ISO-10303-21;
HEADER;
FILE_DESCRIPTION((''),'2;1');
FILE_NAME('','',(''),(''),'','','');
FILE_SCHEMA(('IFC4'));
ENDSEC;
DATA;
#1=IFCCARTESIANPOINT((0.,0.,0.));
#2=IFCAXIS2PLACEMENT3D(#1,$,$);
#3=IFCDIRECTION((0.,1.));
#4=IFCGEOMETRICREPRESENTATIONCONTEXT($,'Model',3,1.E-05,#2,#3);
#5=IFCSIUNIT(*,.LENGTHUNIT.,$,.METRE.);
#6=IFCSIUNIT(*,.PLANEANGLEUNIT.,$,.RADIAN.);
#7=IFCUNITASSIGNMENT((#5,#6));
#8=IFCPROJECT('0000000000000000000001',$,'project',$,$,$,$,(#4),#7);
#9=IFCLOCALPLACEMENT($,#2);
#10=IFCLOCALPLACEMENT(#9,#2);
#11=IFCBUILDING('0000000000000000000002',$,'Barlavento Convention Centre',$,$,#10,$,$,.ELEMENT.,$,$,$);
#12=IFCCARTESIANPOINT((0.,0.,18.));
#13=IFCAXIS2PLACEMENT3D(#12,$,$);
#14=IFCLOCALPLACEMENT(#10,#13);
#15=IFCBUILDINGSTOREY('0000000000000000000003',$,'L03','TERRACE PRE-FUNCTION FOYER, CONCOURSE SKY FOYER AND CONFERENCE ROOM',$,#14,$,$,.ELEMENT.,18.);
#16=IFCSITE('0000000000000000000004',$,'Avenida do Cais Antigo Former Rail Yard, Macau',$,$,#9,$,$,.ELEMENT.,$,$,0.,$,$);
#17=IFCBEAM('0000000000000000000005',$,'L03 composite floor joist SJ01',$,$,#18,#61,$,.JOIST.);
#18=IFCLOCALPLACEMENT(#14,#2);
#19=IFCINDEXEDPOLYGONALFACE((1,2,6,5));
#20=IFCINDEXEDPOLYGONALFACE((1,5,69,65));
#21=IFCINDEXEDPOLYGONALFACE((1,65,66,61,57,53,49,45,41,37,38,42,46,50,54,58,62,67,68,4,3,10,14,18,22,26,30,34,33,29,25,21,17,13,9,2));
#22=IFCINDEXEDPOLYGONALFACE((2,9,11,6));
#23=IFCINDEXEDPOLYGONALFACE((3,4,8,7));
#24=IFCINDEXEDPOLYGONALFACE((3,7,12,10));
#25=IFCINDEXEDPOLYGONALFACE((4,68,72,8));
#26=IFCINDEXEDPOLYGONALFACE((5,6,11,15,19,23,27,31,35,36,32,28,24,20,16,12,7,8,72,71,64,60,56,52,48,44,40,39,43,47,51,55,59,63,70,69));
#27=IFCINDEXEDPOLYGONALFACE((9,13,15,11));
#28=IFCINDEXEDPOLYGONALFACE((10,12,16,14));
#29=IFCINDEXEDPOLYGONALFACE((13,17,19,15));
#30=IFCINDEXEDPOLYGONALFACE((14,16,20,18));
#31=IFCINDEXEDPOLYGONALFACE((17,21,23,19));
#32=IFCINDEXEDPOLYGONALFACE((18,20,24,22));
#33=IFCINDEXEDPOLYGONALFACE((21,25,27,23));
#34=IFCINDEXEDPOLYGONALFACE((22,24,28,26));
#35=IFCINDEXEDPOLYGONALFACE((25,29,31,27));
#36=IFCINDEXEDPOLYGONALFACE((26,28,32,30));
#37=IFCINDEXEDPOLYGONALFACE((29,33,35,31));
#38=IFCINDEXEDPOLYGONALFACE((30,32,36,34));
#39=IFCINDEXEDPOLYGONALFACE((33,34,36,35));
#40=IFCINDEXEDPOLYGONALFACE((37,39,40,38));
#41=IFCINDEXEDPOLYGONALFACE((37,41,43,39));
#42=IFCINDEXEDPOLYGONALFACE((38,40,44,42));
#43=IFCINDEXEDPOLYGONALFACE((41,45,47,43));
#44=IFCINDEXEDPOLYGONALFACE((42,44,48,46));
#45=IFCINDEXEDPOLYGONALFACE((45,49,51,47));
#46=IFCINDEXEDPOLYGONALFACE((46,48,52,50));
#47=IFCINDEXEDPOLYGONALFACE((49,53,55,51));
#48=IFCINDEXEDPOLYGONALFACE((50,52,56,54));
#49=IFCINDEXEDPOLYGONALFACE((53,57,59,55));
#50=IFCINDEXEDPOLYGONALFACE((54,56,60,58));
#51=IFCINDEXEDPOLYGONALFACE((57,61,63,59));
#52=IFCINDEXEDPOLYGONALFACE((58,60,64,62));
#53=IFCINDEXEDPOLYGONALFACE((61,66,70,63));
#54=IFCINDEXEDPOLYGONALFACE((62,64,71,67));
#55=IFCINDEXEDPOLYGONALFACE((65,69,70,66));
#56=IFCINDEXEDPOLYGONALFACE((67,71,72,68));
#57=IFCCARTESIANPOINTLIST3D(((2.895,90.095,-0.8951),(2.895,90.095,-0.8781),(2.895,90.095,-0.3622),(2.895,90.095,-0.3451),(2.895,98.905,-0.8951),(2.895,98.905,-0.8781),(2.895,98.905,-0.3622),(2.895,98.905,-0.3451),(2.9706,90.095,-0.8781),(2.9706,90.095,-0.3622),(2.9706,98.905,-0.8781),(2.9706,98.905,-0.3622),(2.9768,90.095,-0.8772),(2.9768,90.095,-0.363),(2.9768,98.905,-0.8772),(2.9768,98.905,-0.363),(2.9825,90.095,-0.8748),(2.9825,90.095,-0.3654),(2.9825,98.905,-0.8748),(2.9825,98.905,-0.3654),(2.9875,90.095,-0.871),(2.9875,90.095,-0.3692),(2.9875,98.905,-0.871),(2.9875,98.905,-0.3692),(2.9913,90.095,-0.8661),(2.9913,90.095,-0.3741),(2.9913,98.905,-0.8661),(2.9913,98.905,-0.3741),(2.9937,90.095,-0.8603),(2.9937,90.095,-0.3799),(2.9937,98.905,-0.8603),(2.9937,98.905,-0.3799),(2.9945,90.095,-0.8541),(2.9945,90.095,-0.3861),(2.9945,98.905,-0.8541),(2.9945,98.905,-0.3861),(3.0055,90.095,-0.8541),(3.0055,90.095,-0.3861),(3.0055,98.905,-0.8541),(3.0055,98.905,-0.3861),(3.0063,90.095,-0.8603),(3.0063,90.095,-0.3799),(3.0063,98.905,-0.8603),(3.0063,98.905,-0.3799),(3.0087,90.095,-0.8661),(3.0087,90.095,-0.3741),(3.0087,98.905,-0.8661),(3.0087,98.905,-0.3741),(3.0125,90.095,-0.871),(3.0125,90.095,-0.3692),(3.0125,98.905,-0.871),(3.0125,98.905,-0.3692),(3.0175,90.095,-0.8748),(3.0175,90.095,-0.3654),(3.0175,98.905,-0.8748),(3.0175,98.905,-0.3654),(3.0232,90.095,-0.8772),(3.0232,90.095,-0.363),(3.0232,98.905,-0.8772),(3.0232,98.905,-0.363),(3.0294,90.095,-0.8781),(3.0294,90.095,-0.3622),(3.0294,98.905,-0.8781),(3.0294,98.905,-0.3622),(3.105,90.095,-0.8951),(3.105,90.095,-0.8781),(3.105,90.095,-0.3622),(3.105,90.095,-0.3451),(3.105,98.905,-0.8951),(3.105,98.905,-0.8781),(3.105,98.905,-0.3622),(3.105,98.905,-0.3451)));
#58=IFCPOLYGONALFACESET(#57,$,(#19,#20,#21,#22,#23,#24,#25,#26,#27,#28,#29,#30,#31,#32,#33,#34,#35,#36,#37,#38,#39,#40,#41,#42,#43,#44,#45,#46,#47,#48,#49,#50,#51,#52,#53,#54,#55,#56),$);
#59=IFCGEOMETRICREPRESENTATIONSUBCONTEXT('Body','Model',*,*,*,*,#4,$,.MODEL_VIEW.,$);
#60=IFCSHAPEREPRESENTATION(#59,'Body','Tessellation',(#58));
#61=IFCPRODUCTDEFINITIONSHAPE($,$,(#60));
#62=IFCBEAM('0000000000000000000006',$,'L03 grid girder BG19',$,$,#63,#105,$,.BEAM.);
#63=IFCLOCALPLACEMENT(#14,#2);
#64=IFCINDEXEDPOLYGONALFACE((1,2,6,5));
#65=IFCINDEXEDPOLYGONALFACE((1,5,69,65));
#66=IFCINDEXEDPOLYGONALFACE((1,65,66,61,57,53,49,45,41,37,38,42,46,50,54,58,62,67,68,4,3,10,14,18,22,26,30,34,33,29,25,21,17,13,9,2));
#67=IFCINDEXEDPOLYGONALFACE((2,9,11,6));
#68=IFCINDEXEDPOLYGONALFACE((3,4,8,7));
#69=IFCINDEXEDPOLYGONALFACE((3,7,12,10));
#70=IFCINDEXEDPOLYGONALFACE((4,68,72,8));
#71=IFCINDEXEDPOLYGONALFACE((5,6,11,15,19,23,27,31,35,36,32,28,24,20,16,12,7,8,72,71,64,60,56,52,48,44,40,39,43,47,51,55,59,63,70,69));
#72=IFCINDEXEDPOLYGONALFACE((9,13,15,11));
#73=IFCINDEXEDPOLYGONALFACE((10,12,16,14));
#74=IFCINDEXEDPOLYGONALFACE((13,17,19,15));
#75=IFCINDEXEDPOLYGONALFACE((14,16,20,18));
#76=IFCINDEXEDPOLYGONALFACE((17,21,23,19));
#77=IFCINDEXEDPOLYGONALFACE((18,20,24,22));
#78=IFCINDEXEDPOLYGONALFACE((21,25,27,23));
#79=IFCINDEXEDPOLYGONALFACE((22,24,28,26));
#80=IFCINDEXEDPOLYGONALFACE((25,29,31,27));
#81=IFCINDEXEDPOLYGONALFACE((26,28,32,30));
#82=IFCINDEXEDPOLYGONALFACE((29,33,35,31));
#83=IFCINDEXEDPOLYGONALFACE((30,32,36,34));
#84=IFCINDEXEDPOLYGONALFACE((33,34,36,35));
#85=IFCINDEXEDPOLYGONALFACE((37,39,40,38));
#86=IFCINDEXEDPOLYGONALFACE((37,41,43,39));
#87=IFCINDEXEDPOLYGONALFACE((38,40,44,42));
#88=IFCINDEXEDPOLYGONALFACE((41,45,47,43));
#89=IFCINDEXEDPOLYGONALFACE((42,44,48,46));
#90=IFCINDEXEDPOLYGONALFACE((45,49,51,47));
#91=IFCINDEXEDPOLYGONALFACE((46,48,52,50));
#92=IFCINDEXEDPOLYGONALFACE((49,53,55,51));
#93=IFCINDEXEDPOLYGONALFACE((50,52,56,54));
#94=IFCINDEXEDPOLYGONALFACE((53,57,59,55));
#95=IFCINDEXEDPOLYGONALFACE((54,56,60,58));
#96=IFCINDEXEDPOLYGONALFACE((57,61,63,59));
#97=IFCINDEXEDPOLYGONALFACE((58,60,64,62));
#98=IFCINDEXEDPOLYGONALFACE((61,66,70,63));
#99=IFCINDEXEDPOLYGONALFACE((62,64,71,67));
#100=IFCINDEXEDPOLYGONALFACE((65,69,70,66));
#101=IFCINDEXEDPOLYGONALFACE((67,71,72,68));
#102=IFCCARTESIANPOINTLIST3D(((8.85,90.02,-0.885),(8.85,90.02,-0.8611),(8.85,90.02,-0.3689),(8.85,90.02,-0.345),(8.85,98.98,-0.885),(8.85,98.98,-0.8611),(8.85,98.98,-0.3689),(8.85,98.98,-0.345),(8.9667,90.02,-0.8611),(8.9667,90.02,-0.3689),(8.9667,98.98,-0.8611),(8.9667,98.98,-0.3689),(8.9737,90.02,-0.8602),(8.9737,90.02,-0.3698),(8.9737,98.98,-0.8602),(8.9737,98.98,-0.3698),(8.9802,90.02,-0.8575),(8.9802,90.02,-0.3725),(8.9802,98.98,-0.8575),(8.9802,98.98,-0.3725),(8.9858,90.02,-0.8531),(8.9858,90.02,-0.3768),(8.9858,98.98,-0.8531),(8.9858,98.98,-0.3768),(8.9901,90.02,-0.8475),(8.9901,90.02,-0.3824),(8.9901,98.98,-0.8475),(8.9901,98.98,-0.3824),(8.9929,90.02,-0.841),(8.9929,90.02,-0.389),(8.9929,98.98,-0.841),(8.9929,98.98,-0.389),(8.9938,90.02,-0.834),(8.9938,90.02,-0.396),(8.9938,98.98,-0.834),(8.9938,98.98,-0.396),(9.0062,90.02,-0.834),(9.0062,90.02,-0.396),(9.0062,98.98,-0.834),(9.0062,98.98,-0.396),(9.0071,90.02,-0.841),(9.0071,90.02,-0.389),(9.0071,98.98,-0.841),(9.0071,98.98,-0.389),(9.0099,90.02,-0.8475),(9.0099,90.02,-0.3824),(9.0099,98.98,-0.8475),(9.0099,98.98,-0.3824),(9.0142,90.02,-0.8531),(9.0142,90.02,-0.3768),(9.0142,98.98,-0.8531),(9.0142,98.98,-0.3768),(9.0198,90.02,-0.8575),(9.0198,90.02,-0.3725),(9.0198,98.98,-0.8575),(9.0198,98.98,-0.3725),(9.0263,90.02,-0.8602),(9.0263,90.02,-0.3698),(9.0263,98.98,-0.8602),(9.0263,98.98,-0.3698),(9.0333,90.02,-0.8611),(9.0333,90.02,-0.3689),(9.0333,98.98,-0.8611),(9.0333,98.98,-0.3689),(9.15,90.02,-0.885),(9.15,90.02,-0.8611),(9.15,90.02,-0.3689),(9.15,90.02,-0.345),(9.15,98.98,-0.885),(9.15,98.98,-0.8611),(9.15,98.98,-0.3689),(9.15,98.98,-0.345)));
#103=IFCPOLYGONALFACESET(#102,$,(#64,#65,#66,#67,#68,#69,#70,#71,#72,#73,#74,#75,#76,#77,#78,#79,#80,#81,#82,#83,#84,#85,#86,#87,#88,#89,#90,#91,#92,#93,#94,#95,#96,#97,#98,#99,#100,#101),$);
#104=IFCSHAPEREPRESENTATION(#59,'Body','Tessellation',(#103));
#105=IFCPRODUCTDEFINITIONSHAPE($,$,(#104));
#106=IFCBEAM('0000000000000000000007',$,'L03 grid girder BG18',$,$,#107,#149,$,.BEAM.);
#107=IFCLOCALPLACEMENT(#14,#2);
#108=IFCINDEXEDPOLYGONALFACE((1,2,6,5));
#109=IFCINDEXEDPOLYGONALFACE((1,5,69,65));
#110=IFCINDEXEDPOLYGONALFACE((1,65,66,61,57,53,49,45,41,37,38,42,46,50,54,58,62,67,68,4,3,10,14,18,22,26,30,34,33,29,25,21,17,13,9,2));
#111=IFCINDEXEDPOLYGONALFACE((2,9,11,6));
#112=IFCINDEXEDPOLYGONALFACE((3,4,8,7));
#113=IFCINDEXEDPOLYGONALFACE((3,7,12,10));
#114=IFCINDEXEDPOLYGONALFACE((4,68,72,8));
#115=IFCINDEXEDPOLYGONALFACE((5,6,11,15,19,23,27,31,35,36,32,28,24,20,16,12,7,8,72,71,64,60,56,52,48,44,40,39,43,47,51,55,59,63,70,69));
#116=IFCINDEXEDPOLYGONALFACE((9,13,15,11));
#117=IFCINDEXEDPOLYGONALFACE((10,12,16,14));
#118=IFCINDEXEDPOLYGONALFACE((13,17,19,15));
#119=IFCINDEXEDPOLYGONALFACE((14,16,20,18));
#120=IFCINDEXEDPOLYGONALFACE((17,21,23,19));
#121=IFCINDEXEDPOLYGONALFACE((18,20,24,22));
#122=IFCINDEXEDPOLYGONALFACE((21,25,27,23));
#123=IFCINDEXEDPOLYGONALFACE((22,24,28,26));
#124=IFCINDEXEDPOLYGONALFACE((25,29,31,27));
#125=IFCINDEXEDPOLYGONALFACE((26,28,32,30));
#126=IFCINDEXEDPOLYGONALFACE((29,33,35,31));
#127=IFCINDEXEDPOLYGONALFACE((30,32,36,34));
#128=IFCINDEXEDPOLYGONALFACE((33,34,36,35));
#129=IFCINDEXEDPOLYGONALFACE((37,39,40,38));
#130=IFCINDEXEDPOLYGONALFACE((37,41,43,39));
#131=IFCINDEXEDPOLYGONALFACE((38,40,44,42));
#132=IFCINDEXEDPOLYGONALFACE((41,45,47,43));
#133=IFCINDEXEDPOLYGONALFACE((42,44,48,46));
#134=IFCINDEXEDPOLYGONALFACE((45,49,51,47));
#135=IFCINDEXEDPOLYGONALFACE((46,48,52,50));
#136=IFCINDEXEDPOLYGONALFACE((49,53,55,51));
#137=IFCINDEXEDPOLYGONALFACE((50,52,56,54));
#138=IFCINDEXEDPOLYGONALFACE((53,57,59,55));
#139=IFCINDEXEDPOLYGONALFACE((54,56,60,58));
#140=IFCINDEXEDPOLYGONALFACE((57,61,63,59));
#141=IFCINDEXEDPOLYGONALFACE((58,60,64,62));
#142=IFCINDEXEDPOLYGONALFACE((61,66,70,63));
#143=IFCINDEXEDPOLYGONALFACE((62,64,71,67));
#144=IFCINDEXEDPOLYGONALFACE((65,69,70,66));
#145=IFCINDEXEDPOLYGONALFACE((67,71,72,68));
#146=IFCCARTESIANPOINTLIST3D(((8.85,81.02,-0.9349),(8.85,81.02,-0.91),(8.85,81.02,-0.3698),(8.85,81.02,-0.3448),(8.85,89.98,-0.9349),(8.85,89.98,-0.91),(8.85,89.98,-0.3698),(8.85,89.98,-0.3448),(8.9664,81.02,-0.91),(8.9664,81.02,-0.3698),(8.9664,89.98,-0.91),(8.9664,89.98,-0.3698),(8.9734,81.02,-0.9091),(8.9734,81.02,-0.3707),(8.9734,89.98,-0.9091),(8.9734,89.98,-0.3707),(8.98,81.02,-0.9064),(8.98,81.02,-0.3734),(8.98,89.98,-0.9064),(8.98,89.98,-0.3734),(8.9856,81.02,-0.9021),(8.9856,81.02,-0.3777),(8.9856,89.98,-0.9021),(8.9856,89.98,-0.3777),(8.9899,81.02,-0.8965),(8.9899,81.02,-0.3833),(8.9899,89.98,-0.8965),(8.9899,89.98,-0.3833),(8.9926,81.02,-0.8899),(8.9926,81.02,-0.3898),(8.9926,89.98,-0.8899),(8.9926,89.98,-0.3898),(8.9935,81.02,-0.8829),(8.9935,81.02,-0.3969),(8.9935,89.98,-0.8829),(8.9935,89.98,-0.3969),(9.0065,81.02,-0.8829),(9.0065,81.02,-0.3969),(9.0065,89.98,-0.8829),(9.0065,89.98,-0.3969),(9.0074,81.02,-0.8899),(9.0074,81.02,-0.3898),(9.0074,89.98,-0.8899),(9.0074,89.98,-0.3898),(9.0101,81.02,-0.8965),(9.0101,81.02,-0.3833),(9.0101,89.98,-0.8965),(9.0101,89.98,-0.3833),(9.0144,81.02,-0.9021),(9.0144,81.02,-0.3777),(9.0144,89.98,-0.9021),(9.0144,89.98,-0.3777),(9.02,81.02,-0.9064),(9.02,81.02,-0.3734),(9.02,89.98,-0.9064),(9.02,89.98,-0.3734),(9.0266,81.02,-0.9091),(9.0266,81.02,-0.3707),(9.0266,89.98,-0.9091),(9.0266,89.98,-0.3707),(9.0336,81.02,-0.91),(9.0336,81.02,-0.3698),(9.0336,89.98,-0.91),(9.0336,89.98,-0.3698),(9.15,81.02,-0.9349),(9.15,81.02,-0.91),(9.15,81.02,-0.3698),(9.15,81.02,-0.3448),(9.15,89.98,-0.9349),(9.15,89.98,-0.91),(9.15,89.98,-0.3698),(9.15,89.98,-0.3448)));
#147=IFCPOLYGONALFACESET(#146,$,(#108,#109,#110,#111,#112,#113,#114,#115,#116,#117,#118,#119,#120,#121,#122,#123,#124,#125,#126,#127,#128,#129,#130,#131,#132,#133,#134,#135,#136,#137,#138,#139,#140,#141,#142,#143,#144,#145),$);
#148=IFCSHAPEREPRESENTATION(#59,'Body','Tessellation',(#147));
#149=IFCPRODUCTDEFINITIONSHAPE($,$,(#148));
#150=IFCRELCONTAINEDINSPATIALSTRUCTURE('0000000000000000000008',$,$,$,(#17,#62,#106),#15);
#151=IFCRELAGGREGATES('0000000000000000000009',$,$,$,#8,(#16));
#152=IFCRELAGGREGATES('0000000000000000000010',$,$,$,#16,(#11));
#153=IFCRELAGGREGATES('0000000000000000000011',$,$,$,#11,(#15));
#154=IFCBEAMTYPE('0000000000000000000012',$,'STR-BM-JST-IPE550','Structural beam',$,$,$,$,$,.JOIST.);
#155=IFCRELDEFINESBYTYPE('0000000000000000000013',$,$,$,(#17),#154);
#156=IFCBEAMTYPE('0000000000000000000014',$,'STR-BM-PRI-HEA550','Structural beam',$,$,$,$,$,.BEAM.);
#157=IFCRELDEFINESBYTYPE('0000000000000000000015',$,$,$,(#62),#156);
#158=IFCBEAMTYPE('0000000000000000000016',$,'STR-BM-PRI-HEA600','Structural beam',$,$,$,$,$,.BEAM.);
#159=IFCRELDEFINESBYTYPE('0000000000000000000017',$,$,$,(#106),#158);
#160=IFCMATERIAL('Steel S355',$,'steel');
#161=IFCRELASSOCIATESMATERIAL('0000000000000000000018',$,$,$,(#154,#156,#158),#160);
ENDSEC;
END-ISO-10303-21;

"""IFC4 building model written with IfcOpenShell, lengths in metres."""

from ifc_helpers import new_model, si_unit, direction, frame, origin, origin_2d, place, context, subcontext, project, spatial, i_section, extrude, material, material_profile, profile_set, type_object, element, save


model = new_model("IFC4")

# Units and contexts
model_context = context("Model", 3, precision=1e-05, world=origin(), true_north=direction((0.0, 1.0)))
body_context = subcontext(model_context, "Body", "Model", "MODEL_VIEW")
ifc_project = project(units=[si_unit("LENGTHUNIT", "METRE"), si_unit("PLANEANGLEUNIT", "RADIAN")], contexts=[model_context])

# Site, building, storey
site_placement = place(None, origin())
site = spatial("IfcSite", under=ifc_project, at=site_placement, Name="Avenida do Cais Antigo Former Rail Yard, Macau", CompositionType="ELEMENT", RefElevation=0.0)
building_placement = place(site_placement, origin())
building = spatial("IfcBuilding", under=site, at=building_placement, Name="Barlavento Convention Centre", CompositionType="ELEMENT")
storey_placement = place(building_placement, frame((0.0, 0.0, 18.0)))
storey = spatial("IfcBuildingStorey", under=building, at=storey_placement, Name="L03", Description="TERRACE PRE-FUNCTION FOYER, CONCOURSE SKY FOYER AND CONFERENCE ROOM", CompositionType="ELEMENT", Elevation=18.0)

# Beams
ifc_material_1 = material(Name="Steel S355", Category="steel")
ifc_material_profile_1 = material_profile(ifc_material_1, i_section(OverallWidth=0.21, OverallDepth=0.55, WebThickness=0.011, FlangeThickness=0.0171, FilletRadius=0.0239, at=origin_2d()), Name="IPE 550")
ifc_profile_set_1 = profile_set([ifc_material_profile_1], Name="Steel S355")
beam_type_1 = type_object("IfcBeamType", Name="STR-BM-JST-IPE550", Description="Structural beam", PredefinedType="JOIST", material=ifc_profile_set_1)
beam_1_placement = place(storey_placement, frame((3.0, 90.095, -0.6201), z_axis=(0.0, 1.0, 0.0), x_axis=(-1.0, 0.0, 0.0)))
element("IfcBeam", 1, at=beam_1_placement, inside=storey, type_object=beam_type_1, Name="L03 composite floor joist SJ01", PredefinedType="JOIST", context=body_context, shape_type="SweptSolid", body=[
    extrude(i_section(OverallWidth=0.21, OverallDepth=0.55, WebThickness=0.011, FlangeThickness=0.0171, FilletRadius=0.0239, at=origin_2d()), origin(), (0.0, 0.0, 1.0), 8.8101),
])
ifc_material_profile_2 = material_profile(ifc_material_1, i_section(OverallWidth=0.3, OverallDepth=0.54, WebThickness=0.0125, FlangeThickness=0.0239, FilletRadius=0.0271, at=origin_2d()), Name="HEA 550")
ifc_profile_set_2 = profile_set([ifc_material_profile_2], Name="Steel S355")
beam_type_2 = type_object("IfcBeamType", Name="STR-BM-PRI-HEA550", Description="Structural beam", PredefinedType="BEAM", material=ifc_profile_set_2)
beam_2_placement = place(storey_placement, frame((9.0, 90.02, -0.615), z_axis=(0.0, 1.0, 0.0), x_axis=(-1.0, 0.0, 0.0)))
element("IfcBeam", 2, at=beam_2_placement, inside=storey, type_object=beam_type_2, Name="L03 grid girder BG19", PredefinedType="BEAM", context=body_context, shape_type="SweptSolid", body=[
    extrude(i_section(OverallWidth=0.3, OverallDepth=0.54, WebThickness=0.0125, FlangeThickness=0.0239, FilletRadius=0.0271, at=origin_2d()), origin(), (0.0, 0.0, 1.0), 8.96),
])
ifc_material_profile_3 = material_profile(ifc_material_1, i_section(OverallWidth=0.3, OverallDepth=0.5901, WebThickness=0.0129, FlangeThickness=0.0249, FilletRadius=0.0271, at=origin_2d()), Name="HEA 600")
ifc_profile_set_3 = profile_set([ifc_material_profile_3], Name="Steel S355")
beam_type_3 = type_object("IfcBeamType", Name="STR-BM-PRI-HEA600", Description="Structural beam", PredefinedType="BEAM", material=ifc_profile_set_3)
beam_3_placement = place(storey_placement, frame((9.0, 81.02, -0.6399), z_axis=(0.0, 1.0, 0.0), x_axis=(-1.0, 0.0, 0.0)))
element("IfcBeam", 3, at=beam_3_placement, inside=storey, type_object=beam_type_3, Name="L03 grid girder BG18", PredefinedType="BEAM", context=body_context, shape_type="SweptSolid", body=[
    extrude(i_section(OverallWidth=0.3, OverallDepth=0.5901, WebThickness=0.0129, FlangeThickness=0.0249, FilletRadius=0.0271, at=origin_2d()), origin(), (0.0, 0.0, 1.0), 8.96),
])

save(model, "model.ifc")
